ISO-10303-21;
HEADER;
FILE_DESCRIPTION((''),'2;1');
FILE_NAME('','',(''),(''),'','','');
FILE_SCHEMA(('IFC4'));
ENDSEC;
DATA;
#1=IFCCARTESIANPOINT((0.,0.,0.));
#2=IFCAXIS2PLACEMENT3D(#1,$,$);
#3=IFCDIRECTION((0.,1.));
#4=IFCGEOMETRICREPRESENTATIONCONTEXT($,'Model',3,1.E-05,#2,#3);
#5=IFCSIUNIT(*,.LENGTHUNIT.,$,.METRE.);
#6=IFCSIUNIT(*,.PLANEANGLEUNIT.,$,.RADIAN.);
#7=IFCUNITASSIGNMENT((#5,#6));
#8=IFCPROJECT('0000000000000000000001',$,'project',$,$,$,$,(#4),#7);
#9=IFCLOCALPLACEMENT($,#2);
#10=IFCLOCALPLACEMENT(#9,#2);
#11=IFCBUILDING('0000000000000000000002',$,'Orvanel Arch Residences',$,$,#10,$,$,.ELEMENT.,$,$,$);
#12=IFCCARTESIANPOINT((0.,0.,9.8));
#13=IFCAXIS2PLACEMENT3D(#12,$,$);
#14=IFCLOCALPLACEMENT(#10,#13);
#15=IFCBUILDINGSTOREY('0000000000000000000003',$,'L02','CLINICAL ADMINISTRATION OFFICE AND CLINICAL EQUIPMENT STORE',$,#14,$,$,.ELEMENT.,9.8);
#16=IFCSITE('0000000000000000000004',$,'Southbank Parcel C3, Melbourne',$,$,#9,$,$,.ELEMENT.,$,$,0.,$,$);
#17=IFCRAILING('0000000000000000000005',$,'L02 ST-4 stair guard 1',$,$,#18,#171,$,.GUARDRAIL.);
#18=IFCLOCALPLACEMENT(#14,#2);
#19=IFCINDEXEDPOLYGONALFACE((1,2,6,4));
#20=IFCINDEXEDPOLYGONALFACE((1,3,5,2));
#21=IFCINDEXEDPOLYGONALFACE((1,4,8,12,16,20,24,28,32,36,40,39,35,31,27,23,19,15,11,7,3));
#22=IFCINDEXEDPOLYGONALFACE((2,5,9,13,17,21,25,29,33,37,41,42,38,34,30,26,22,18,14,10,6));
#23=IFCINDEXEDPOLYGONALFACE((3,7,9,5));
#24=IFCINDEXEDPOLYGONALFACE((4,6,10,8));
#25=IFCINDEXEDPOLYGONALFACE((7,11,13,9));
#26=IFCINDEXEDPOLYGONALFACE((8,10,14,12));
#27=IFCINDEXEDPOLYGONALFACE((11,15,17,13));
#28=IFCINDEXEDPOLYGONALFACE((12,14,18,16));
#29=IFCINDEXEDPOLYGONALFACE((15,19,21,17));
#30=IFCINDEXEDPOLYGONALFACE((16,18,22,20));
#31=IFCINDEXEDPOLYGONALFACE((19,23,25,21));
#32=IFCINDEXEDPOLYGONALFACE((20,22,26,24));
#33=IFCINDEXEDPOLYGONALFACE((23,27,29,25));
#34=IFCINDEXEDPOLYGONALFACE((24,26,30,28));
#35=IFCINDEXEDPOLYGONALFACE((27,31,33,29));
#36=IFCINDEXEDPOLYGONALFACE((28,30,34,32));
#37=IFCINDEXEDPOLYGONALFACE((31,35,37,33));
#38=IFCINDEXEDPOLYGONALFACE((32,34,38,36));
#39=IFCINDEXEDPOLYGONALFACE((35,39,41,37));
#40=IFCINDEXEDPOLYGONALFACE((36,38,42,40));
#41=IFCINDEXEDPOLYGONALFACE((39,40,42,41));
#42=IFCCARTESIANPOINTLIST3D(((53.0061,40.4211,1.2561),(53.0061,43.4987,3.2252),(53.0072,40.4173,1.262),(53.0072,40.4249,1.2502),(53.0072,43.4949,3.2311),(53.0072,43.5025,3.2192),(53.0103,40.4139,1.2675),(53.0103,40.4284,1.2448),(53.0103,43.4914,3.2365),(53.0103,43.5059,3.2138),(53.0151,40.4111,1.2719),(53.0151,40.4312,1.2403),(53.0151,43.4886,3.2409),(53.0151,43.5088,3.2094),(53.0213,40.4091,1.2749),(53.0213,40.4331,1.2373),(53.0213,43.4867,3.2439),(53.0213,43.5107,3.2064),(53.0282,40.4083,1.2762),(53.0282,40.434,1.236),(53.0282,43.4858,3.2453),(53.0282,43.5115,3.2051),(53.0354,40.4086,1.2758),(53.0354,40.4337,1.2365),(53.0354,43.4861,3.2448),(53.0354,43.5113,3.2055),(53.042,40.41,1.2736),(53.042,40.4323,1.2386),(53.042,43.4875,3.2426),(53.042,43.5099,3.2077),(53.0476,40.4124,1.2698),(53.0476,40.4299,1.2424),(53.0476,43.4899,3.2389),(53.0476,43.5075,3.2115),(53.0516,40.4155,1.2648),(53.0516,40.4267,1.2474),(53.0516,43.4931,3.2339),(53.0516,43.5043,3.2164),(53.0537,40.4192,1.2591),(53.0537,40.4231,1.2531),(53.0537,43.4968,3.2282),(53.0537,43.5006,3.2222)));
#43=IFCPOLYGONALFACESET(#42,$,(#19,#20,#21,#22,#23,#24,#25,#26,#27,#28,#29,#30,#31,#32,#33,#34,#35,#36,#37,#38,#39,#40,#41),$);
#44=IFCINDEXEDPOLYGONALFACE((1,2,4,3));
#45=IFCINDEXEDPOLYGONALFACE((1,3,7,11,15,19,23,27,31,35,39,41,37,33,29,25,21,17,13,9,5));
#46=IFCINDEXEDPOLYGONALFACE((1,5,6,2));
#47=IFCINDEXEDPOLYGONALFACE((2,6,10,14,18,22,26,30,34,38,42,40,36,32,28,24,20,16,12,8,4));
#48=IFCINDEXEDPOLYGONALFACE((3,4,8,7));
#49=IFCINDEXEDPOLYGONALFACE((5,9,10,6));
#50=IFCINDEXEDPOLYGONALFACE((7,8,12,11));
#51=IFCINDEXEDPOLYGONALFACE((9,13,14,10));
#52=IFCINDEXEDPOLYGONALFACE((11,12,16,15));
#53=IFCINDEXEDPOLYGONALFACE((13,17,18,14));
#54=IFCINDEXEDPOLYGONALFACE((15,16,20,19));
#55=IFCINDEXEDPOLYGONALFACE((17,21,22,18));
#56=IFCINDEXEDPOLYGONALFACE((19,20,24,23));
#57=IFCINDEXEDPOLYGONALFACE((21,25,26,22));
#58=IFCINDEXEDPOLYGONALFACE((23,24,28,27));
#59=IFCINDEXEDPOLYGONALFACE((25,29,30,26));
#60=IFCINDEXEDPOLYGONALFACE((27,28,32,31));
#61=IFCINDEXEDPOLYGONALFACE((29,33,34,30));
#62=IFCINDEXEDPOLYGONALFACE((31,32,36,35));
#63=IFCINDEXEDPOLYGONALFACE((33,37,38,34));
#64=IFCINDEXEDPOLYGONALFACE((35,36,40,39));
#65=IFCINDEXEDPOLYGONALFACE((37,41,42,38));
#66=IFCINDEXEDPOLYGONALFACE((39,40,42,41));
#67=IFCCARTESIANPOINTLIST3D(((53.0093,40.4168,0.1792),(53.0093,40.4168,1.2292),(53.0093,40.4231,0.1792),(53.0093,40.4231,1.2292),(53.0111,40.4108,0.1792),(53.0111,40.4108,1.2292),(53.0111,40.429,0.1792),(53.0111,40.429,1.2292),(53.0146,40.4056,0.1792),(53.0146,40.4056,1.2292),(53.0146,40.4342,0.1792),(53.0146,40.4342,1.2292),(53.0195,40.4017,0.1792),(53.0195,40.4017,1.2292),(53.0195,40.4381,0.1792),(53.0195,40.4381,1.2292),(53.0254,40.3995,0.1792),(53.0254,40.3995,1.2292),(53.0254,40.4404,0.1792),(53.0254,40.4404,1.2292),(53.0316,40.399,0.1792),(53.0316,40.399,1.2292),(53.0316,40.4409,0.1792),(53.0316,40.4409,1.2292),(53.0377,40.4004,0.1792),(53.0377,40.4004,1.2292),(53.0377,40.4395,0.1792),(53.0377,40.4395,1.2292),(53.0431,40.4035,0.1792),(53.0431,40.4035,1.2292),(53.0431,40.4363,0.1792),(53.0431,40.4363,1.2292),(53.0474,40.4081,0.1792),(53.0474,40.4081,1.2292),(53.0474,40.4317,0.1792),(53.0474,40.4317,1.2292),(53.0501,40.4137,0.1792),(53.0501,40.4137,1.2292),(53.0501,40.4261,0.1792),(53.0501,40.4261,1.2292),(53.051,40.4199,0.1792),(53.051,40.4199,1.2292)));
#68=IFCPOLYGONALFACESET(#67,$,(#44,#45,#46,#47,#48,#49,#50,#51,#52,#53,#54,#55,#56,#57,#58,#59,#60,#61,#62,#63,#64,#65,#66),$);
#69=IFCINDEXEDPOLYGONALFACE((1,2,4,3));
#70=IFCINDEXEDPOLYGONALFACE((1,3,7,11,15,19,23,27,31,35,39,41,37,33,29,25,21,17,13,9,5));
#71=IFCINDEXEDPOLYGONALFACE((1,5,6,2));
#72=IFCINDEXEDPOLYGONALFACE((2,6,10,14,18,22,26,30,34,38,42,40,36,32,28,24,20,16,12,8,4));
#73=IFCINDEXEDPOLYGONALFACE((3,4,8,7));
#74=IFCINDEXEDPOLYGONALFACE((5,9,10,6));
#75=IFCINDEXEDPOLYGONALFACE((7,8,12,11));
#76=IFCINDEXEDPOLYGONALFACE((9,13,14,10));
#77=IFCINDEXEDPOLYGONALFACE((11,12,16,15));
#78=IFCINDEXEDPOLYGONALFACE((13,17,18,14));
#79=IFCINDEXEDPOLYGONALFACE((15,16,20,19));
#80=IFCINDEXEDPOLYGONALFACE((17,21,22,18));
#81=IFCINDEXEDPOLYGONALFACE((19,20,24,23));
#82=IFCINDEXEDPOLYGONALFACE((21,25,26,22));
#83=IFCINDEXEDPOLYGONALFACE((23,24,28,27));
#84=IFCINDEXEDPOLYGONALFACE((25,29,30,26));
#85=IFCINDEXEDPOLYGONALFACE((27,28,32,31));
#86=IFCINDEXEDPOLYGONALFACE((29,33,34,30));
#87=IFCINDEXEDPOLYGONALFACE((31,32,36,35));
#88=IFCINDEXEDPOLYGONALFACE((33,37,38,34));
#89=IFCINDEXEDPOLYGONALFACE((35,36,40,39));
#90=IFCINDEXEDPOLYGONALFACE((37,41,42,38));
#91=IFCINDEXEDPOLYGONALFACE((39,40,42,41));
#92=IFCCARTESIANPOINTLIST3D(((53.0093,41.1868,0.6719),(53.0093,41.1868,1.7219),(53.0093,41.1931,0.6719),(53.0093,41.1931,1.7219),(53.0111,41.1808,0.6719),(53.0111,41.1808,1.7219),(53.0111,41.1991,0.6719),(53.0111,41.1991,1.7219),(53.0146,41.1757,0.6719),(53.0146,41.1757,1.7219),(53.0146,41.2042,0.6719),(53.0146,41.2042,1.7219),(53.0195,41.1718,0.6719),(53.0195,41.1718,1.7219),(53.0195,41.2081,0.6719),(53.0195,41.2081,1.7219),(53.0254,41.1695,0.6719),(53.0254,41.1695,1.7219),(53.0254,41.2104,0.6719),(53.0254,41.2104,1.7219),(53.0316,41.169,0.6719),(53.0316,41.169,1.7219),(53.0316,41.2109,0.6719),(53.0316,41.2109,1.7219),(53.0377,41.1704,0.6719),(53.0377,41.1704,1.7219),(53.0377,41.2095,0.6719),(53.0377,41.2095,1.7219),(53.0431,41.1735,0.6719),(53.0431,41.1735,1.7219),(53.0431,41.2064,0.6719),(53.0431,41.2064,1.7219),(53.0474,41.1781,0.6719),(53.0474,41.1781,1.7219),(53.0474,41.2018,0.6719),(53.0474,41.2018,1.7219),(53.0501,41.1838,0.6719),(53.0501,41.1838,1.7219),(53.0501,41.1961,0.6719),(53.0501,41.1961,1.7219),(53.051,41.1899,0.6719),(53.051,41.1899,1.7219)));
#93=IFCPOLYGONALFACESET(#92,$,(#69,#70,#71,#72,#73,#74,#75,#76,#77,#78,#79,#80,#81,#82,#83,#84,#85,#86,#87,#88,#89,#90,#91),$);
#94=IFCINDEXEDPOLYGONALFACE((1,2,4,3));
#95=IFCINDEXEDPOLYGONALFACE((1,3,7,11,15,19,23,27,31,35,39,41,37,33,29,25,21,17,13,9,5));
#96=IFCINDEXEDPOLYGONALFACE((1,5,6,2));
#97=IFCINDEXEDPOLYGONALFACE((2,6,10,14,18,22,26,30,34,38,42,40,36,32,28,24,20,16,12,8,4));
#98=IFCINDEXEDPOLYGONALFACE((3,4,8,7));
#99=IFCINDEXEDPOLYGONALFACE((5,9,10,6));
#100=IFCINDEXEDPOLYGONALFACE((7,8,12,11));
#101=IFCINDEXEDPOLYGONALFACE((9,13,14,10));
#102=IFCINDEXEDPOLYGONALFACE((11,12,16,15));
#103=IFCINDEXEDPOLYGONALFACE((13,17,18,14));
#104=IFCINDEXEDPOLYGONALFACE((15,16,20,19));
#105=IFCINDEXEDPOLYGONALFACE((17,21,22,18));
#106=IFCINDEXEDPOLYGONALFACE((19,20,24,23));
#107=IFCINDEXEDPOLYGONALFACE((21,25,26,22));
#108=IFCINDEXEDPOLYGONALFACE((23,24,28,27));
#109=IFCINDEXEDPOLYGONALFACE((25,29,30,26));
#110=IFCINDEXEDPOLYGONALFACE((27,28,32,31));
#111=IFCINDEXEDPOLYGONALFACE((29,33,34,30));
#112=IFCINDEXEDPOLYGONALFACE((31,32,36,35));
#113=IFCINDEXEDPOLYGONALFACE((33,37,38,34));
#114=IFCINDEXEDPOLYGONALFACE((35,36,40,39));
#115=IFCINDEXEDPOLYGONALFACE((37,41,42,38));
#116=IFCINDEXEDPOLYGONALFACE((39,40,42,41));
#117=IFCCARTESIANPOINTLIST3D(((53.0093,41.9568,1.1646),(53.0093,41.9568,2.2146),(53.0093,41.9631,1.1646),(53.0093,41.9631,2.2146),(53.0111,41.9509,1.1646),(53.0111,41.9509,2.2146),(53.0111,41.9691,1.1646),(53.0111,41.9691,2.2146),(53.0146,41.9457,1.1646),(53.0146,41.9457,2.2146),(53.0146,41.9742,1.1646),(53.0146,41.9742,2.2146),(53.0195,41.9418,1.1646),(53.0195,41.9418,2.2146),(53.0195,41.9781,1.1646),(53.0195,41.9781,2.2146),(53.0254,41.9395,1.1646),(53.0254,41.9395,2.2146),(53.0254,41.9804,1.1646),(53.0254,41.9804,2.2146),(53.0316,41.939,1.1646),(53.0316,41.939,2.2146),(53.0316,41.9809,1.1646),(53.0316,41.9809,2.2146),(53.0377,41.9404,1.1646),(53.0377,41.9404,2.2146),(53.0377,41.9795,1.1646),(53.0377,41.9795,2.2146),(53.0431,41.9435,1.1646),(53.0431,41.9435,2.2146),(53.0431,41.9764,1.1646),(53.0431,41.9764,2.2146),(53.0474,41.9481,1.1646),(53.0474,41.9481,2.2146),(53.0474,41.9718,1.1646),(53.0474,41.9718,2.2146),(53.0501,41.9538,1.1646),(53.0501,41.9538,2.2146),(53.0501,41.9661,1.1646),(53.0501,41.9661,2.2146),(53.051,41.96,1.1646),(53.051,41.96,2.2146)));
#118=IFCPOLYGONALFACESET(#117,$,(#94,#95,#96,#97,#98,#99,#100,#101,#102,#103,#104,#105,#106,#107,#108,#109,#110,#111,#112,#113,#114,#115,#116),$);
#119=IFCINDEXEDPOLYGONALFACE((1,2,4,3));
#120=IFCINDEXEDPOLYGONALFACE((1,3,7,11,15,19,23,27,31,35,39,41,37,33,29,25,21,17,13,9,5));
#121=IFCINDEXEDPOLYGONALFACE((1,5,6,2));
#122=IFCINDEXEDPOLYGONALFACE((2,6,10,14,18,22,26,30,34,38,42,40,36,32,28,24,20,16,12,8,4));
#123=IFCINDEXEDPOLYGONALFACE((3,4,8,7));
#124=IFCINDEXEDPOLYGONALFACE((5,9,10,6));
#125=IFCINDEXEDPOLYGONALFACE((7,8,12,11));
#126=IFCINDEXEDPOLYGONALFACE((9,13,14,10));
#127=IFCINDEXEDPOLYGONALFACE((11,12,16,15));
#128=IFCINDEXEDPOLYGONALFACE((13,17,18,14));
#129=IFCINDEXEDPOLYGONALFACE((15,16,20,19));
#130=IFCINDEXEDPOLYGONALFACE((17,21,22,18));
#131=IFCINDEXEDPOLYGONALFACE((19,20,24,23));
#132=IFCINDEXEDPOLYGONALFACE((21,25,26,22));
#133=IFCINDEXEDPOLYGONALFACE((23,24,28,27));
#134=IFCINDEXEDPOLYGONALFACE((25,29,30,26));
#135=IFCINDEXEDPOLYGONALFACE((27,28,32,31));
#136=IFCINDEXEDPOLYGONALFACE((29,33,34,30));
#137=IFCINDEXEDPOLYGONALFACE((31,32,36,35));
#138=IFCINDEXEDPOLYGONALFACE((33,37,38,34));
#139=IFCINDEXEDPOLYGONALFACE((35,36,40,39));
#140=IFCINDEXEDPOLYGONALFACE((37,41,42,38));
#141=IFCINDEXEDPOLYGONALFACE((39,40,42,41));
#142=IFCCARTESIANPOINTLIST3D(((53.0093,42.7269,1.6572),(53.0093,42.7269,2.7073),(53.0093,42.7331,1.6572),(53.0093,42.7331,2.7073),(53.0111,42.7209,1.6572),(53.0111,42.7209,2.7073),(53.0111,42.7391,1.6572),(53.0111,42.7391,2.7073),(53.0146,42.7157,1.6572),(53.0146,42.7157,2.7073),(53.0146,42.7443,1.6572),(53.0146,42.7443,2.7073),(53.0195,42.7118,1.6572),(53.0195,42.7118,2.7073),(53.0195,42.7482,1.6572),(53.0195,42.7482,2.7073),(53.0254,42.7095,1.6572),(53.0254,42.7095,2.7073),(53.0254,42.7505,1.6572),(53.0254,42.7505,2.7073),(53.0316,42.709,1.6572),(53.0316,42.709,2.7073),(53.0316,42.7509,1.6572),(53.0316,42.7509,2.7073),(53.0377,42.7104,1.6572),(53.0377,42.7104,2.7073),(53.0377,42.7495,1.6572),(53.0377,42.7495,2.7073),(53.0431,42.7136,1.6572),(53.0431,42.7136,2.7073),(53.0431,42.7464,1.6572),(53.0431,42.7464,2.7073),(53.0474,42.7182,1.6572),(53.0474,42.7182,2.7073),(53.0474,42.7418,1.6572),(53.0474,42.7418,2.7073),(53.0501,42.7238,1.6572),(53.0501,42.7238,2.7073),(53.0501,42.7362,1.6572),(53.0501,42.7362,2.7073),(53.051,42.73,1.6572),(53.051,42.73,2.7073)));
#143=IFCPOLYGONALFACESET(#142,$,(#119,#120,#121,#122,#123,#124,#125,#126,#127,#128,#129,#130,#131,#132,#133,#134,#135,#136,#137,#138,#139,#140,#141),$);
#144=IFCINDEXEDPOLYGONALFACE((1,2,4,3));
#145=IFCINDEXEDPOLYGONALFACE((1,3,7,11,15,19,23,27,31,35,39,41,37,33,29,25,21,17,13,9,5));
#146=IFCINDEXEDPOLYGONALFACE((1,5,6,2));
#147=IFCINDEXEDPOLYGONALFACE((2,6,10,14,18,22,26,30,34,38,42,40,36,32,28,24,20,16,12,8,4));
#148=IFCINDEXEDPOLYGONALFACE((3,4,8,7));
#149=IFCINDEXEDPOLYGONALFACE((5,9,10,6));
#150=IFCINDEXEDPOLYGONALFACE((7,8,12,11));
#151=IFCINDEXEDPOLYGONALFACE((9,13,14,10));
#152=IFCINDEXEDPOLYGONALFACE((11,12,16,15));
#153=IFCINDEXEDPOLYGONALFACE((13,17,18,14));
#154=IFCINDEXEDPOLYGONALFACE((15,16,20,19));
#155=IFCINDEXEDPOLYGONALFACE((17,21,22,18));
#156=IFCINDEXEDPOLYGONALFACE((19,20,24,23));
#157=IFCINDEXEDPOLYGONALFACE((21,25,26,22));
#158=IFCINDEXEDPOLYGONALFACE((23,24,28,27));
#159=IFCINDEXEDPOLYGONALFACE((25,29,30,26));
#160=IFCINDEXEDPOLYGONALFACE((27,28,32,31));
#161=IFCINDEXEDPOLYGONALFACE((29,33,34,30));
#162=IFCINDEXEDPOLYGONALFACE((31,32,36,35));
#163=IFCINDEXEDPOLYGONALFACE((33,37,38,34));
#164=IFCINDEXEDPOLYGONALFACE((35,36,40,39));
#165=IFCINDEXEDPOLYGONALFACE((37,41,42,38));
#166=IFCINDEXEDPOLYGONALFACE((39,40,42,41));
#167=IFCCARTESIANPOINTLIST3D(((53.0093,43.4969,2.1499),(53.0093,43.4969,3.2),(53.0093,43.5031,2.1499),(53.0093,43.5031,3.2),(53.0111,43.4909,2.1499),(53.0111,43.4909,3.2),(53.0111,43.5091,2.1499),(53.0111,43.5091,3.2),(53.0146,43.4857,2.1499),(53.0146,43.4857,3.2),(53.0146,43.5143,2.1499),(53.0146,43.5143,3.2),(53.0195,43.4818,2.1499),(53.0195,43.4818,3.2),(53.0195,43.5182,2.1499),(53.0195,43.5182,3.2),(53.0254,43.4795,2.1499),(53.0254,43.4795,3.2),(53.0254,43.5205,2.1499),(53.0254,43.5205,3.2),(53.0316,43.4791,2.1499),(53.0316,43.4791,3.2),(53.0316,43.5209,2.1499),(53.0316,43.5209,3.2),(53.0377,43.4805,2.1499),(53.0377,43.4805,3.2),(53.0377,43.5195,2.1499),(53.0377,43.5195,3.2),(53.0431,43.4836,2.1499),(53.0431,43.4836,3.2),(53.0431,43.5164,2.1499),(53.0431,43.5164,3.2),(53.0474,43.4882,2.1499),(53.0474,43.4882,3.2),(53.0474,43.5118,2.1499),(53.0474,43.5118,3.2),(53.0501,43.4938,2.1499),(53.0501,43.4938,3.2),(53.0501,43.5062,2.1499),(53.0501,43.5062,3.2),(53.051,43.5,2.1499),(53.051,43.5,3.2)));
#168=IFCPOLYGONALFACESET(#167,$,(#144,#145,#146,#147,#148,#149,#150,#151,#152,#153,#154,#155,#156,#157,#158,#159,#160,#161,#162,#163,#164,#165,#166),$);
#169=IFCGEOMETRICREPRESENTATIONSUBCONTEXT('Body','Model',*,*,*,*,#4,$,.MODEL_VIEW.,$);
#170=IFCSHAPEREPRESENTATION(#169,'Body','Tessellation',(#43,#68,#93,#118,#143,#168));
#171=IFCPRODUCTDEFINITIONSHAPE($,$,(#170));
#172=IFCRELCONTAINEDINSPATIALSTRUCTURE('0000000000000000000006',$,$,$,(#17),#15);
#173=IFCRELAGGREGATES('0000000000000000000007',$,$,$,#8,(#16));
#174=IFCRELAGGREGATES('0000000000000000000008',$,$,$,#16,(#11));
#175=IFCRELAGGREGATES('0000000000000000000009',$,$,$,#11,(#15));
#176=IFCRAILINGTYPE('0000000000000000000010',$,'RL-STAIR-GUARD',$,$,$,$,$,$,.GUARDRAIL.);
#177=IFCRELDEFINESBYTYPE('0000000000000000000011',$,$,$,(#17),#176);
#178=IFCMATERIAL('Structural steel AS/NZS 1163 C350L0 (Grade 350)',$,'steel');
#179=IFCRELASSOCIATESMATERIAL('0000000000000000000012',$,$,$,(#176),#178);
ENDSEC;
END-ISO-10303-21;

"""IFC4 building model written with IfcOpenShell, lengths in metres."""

from ifc_helpers import new_model, si_unit, direction, frame, origin, origin_2d, place, context, subcontext, project, spatial, circle, extrude, material, type_object, element, save


model = new_model("IFC4")

# Units and contexts
model_context = context("Model", 3, precision=1e-05, world=origin(), true_north=direction((0.0, 1.0)))
body_context = subcontext(model_context, "Body", "Model", "MODEL_VIEW")
ifc_project = project(units=[si_unit("LENGTHUNIT", "METRE"), si_unit("PLANEANGLEUNIT", "RADIAN")], contexts=[model_context])

# Site, building, storey
site_placement = place(None, origin())
site = spatial("IfcSite", under=ifc_project, at=site_placement, Name="Southbank Parcel C3, Melbourne", CompositionType="ELEMENT", RefElevation=0.0)
building_placement = place(site_placement, origin())
building = spatial("IfcBuilding", under=site, at=building_placement, Name="Orvanel Arch Residences", CompositionType="ELEMENT")
storey_placement = place(building_placement, frame((0.0, 0.0, 9.8)))
storey = spatial("IfcBuildingStorey", under=building, at=storey_placement, Name="L02", Description="CLINICAL ADMINISTRATION OFFICE AND CLINICAL EQUIPMENT STORE", CompositionType="ELEMENT", Elevation=9.8)

# Railing
ifc_material_1 = material(Name="Structural steel AS/NZS 1163 C350L0 (Grade 350)", Category="steel")
railing_type_1 = type_object("IfcRailingType", Name="RL-STAIR-GUARD", PredefinedType="GUARDRAIL", material=ifc_material_1)
railing_1_placement = place(storey_placement, frame((53.03, 40.4199, 0.1792)))
element("IfcRailing", 1, at=railing_1_placement, inside=storey, type_object=railing_type_1, Name="L02 ST-4 stair guard 1", PredefinedType="GUARDRAIL", context=body_context, shape_type="SweptSolid", body=[
    extrude(circle(Radius=0.0239, at=origin_2d()), frame((0.0, 0.0012, 1.0769), z_axis=(0.0, 0.842339, 0.538948), x_axis=(-1.0, 0.0, 0.0)), (0.0, 0.0, 1.0), 3.6536),
    extrude(circle(Radius=0.021, at=origin_2d()), origin(), (0.0, 0.0, 1.0), 1.05),
    extrude(circle(Radius=0.021, at=origin_2d()), frame((0.0, 0.77, 0.4927)), (0.0, 0.0, 1.0), 1.05),
    extrude(circle(Radius=0.021, at=origin_2d()), frame((0.0, 1.54, 0.9854)), (0.0, 0.0, 1.0), 1.05),
    extrude(circle(Radius=0.021, at=origin_2d()), frame((0.0, 2.3101, 1.478)), (0.0, 0.0, 1.0), 1.05),
    extrude(circle(Radius=0.021, at=origin_2d()), frame((0.0, 3.0801, 1.9707)), (0.0, 0.0, 1.0), 1.05),
])

save(model, "model.ifc")
